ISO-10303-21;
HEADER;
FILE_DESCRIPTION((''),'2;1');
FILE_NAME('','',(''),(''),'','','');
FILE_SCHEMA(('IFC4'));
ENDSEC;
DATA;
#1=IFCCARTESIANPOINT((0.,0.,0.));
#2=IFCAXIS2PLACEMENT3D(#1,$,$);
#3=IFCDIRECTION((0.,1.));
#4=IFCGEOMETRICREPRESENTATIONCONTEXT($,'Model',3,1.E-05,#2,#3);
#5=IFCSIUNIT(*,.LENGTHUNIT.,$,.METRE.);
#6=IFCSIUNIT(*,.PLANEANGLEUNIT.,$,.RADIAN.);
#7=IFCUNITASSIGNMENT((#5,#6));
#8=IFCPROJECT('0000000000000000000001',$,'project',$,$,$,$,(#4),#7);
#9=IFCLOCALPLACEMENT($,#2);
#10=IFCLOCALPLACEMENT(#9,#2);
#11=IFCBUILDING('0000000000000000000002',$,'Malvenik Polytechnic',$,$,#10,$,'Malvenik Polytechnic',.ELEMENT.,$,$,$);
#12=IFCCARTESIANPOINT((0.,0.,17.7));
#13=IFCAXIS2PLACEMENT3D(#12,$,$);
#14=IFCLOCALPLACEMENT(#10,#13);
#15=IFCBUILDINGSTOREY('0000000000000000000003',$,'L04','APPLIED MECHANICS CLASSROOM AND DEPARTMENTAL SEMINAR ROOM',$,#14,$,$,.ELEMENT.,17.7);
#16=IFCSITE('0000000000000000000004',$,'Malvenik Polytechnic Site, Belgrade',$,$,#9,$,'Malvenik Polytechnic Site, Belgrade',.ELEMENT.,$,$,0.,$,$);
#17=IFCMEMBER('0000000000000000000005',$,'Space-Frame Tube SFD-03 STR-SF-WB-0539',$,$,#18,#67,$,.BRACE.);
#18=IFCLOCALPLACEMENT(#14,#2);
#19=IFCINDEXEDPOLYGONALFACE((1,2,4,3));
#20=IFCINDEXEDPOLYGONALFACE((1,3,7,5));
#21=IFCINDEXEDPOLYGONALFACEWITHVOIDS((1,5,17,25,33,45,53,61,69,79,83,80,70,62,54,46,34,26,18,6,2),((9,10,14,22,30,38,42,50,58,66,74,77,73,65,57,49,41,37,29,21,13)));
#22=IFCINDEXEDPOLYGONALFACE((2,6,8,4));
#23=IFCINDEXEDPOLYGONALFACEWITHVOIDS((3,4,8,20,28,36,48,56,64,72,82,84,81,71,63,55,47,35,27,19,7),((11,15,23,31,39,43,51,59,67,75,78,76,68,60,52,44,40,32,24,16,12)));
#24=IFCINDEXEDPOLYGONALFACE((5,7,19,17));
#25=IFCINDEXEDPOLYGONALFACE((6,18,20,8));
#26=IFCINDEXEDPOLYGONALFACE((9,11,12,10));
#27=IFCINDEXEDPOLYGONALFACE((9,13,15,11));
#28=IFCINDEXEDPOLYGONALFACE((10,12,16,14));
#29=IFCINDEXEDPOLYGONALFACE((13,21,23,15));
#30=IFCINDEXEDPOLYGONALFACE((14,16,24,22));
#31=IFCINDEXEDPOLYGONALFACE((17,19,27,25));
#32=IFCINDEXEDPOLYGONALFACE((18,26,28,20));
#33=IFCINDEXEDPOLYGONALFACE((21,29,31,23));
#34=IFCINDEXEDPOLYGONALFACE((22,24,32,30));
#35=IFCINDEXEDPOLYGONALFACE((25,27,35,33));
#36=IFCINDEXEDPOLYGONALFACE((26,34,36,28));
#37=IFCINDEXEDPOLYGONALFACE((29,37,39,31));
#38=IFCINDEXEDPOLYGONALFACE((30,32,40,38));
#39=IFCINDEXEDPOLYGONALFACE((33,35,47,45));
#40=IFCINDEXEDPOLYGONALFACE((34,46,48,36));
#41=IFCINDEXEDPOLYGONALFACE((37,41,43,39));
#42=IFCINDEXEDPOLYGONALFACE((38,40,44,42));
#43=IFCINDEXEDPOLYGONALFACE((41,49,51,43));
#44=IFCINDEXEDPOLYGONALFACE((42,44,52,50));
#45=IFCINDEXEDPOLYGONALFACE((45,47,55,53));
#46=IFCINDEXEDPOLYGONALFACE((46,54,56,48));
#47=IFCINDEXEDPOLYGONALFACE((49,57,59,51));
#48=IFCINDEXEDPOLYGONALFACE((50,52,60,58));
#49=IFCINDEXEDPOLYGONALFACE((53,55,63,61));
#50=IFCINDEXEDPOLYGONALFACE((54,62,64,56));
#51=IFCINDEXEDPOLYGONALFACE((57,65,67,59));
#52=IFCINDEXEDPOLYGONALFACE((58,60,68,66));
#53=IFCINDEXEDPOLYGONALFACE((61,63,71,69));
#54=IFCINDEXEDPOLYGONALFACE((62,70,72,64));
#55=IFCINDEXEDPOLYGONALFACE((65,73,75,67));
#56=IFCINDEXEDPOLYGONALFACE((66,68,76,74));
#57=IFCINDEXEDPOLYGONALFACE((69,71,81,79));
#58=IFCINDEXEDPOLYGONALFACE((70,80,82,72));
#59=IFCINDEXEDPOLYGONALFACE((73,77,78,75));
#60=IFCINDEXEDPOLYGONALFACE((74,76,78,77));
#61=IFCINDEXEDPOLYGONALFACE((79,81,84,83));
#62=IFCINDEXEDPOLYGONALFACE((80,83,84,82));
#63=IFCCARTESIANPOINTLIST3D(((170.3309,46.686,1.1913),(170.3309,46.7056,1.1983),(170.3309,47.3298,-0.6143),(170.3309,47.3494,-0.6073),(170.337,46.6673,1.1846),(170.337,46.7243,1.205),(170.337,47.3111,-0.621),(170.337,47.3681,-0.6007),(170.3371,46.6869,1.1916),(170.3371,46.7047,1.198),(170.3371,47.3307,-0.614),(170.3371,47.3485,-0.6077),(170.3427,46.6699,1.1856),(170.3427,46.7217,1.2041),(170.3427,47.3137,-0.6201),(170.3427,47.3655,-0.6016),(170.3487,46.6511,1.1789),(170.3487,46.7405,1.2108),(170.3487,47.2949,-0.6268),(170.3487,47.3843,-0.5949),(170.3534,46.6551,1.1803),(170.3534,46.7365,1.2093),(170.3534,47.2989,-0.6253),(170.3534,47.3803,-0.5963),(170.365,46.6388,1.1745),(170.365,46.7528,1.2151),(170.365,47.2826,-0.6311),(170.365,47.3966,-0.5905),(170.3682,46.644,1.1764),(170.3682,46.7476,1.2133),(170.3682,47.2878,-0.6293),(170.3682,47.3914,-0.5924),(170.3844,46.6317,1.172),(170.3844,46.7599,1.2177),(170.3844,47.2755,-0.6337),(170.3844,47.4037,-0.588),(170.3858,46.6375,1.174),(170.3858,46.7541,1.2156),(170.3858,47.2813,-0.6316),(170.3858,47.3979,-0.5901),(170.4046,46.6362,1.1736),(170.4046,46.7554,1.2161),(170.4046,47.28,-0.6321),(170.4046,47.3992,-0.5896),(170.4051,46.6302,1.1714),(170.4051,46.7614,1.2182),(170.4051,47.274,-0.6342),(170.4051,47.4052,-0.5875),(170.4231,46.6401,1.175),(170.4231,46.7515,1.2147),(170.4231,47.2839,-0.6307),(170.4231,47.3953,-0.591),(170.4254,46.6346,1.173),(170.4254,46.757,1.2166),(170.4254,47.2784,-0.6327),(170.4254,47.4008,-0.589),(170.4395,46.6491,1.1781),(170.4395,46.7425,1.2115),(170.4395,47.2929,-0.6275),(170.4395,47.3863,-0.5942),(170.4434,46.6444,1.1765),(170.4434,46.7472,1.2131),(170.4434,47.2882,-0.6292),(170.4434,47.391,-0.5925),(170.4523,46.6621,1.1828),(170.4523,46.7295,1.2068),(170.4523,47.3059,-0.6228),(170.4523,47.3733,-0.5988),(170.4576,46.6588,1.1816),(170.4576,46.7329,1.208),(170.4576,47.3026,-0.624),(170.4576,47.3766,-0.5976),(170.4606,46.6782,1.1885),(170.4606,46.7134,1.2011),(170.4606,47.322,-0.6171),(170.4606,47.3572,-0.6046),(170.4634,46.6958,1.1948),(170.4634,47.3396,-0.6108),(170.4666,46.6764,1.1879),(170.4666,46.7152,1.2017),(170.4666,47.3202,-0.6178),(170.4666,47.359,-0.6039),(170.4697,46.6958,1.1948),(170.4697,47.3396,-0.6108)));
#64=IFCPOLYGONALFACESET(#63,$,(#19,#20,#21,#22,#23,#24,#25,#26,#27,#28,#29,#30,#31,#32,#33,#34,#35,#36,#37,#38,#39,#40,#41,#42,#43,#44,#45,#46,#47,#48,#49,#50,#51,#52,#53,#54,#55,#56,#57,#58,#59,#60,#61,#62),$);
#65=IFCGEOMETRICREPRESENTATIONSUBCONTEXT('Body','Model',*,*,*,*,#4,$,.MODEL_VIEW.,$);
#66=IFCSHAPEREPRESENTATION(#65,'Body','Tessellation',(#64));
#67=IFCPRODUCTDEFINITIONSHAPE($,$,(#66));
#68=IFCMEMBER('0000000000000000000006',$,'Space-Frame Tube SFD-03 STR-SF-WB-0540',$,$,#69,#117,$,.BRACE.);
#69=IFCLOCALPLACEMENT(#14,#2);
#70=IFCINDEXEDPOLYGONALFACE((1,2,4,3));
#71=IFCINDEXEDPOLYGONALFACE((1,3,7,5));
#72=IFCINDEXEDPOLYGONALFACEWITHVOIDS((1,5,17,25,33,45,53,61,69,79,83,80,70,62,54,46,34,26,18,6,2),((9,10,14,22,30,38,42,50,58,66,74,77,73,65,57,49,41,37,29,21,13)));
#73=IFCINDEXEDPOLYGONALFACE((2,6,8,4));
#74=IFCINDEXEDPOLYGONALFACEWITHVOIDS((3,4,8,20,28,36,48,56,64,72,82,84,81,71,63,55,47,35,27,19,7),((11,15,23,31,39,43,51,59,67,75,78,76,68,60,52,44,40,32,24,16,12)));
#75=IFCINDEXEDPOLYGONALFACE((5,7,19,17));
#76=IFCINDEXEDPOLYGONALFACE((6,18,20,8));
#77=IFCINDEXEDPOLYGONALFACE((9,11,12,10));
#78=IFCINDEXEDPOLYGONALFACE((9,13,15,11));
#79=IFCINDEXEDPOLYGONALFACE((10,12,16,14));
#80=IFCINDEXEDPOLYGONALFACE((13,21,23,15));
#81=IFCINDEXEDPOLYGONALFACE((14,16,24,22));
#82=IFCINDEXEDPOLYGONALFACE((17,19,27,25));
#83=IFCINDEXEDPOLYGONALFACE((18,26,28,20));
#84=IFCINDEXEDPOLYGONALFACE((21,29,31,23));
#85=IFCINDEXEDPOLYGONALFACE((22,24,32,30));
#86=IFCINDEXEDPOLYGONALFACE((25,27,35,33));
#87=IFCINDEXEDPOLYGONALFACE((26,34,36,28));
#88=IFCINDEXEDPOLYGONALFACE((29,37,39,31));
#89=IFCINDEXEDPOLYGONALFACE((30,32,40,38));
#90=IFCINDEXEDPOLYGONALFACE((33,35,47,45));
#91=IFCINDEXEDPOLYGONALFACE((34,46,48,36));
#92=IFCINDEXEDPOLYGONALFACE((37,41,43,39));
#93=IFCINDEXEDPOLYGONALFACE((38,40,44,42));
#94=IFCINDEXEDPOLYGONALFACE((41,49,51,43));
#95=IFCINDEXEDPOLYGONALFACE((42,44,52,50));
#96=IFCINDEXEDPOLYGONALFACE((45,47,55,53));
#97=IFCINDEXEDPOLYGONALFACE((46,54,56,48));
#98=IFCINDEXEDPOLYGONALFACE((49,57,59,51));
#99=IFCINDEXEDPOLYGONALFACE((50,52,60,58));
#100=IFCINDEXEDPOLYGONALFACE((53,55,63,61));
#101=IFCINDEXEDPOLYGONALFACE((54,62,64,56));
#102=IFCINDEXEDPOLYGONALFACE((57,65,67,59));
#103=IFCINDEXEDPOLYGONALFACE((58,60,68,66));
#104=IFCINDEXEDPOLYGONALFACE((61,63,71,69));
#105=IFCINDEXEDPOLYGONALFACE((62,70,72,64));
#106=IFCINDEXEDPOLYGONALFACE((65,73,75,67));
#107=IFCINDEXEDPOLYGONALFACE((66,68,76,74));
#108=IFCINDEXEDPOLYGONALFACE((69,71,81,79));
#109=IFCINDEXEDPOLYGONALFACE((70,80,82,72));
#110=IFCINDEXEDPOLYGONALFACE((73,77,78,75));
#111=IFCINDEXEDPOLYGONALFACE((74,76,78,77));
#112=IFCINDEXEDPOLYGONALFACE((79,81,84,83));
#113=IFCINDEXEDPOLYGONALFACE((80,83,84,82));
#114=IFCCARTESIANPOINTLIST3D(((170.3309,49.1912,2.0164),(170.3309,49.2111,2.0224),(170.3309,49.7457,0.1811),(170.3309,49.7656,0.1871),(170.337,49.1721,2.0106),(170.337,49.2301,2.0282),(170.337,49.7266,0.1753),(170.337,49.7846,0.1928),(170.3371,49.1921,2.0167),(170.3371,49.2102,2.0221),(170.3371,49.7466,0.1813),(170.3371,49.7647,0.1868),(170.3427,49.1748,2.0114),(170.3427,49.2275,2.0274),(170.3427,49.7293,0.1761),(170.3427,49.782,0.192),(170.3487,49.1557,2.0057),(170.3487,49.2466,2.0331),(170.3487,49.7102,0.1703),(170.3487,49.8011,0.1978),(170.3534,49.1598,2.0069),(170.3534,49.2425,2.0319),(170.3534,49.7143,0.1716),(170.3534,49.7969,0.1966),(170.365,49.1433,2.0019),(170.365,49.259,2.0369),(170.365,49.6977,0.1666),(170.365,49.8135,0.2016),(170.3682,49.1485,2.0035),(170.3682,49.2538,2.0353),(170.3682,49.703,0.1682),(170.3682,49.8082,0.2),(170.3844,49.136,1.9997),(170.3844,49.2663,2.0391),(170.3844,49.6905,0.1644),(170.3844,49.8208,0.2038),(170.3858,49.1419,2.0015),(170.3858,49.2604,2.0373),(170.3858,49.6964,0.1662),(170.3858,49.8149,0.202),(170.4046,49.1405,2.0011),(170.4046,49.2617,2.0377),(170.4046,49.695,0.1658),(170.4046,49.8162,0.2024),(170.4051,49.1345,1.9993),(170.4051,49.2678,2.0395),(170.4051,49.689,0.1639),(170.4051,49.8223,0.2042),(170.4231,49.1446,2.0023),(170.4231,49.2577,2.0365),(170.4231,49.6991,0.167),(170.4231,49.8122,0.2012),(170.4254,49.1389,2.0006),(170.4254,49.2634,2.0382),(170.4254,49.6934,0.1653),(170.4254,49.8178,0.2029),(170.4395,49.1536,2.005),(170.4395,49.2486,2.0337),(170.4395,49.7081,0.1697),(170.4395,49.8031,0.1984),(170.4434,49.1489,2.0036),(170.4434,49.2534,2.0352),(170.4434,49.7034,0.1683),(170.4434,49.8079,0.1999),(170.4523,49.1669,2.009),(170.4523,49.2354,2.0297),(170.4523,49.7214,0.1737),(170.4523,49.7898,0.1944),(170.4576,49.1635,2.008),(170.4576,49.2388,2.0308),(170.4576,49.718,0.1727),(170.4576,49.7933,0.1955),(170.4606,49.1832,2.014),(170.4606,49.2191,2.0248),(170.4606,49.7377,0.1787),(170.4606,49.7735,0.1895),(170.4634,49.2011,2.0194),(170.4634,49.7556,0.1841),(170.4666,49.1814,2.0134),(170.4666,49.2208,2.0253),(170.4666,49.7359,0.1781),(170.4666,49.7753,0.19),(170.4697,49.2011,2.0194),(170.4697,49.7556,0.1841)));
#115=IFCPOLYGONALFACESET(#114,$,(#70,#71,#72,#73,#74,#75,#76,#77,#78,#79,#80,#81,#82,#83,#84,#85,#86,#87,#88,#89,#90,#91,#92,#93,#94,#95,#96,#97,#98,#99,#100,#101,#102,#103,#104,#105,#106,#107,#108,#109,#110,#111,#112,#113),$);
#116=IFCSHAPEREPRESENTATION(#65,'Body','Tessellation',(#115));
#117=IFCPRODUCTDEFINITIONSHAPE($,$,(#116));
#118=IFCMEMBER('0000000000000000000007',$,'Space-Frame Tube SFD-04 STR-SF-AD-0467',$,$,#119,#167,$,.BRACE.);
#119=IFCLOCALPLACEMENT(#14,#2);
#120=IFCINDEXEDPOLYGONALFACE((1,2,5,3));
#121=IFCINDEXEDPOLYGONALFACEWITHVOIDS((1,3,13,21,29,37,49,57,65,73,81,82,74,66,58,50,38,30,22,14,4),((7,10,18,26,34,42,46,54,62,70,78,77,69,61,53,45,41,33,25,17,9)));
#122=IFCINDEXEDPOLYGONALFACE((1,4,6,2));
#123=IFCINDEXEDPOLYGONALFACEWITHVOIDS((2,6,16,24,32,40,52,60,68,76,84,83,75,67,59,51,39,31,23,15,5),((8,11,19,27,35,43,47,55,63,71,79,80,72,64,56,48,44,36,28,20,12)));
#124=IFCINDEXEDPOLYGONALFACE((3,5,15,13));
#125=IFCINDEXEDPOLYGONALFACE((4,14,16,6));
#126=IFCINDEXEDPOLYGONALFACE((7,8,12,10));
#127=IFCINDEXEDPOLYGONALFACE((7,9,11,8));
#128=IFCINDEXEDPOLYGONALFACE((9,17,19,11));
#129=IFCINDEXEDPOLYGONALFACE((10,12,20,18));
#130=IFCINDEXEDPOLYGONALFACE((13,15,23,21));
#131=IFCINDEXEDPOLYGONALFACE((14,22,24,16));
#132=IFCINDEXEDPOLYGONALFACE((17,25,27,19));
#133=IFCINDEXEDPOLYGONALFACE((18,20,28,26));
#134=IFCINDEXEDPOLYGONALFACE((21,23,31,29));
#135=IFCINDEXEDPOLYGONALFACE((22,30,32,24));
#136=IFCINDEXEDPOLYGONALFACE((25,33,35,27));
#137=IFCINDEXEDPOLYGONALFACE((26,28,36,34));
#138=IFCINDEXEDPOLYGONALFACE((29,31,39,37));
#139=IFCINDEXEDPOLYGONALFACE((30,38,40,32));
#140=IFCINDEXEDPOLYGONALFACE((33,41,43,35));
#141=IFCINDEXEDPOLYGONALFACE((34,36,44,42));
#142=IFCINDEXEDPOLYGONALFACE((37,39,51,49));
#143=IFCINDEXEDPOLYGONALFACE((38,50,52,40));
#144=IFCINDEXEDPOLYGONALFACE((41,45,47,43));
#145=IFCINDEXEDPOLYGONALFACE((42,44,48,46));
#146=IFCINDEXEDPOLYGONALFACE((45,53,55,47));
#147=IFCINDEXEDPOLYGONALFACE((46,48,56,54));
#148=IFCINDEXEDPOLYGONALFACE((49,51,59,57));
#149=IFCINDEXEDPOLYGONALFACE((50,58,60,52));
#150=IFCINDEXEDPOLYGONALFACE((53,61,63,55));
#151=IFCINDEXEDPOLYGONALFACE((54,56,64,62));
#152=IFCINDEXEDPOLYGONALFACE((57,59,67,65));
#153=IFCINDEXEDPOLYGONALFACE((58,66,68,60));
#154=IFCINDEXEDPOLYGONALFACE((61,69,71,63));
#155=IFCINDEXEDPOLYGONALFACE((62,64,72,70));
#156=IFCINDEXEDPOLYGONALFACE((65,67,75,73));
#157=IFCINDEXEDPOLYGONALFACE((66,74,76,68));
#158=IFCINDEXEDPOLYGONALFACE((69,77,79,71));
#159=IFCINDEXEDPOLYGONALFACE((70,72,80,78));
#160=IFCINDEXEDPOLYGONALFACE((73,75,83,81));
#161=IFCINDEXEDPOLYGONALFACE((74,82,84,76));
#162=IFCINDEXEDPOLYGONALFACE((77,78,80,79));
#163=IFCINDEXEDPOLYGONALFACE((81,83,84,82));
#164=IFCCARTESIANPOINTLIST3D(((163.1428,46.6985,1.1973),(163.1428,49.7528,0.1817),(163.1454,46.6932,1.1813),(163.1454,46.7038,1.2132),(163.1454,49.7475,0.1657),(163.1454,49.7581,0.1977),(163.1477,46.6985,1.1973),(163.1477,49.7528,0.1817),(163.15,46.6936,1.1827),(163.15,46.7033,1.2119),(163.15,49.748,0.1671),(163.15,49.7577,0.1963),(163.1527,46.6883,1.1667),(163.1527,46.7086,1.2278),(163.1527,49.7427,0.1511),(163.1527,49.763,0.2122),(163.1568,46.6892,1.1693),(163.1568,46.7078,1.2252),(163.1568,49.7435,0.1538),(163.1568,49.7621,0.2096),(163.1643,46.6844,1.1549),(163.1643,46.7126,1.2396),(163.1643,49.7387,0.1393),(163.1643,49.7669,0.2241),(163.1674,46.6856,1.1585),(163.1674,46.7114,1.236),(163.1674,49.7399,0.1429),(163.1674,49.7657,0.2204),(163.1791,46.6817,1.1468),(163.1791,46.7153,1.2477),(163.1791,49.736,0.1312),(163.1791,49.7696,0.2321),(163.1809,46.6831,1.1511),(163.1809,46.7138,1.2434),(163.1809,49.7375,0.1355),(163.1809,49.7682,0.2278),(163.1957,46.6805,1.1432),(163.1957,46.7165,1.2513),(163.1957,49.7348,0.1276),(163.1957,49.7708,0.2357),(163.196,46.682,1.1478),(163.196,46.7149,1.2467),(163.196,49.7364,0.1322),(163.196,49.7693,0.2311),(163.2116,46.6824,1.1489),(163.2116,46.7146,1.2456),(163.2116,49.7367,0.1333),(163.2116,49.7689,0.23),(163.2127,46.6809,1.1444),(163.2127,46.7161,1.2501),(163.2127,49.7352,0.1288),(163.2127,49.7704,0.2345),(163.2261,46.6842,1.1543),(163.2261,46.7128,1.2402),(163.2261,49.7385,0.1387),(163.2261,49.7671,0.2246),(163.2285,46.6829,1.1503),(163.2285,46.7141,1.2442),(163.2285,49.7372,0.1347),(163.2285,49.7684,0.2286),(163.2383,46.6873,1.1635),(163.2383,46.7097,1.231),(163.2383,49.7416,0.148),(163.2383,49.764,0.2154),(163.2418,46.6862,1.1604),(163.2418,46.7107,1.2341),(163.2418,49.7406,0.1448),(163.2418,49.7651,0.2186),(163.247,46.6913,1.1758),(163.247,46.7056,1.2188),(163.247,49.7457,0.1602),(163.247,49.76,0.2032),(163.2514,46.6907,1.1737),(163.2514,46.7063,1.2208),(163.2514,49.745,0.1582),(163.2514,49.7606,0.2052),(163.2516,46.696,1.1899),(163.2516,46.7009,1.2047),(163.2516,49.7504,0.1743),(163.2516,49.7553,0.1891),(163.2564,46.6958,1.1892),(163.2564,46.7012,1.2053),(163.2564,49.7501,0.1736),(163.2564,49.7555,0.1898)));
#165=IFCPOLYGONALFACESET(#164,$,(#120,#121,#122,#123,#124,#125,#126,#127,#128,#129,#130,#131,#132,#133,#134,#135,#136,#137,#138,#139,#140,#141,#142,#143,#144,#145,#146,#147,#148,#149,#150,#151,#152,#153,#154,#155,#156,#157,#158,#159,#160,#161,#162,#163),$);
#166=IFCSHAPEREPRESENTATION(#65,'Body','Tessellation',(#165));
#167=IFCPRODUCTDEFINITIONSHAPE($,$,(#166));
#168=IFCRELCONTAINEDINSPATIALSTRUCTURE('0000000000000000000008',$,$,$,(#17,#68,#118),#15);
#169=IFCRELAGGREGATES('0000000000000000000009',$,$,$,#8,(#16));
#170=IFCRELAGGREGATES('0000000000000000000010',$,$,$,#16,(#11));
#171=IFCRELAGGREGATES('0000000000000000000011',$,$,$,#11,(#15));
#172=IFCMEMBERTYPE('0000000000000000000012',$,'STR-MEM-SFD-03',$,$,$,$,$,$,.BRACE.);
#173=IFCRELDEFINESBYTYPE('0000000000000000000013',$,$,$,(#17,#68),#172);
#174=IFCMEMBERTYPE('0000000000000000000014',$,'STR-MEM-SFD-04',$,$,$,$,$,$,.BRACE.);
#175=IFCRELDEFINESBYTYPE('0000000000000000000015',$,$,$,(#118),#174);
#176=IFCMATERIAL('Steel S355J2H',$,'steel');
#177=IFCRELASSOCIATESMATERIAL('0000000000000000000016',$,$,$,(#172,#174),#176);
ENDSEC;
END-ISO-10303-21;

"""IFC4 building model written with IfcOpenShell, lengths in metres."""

from ifc_helpers import new_model, si_unit, direction, frame, origin, origin_2d, place, context, subcontext, project, spatial, hollow_circle, extrude, material, material_profile, profile_set, type_object, element, save


model = new_model("IFC4")

# Units and contexts
model_context = context("Model", 3, precision=1e-05, world=origin(), true_north=direction((0.0, 1.0)))
body_context = subcontext(model_context, "Body", "Model", "MODEL_VIEW")
ifc_project = project(units=[si_unit("LENGTHUNIT", "METRE"), si_unit("PLANEANGLEUNIT", "RADIAN")], contexts=[model_context])

# Site, building, storey
site_placement = place(None, origin())
site = spatial("IfcSite", under=ifc_project, at=site_placement, Name="Malvenik Polytechnic Site, Belgrade", LongName="Malvenik Polytechnic Site, Belgrade", CompositionType="ELEMENT", RefElevation=0.0)
building_placement = place(site_placement, origin())
building = spatial("IfcBuilding", under=site, at=building_placement, Name="Malvenik Polytechnic", LongName="Malvenik Polytechnic", CompositionType="ELEMENT")
storey_placement = place(building_placement, frame((0.0, 0.0, 17.7)))
storey = spatial("IfcBuildingStorey", under=building, at=storey_placement, Name="L04", Description="APPLIED MECHANICS CLASSROOM AND DEPARTMENTAL SEMINAR ROOM", CompositionType="ELEMENT", Elevation=17.7)

# Members
ifc_material = material(Name="Steel S355J2H", Category="steel")
ifc_material_profile_1 = material_profile(ifc_material, hollow_circle(Radius=0.0698, WallThickness=0.0063, at=origin_2d()), Name="CHS 139.7x6.3")
ifc_profile_set_1 = profile_set([ifc_material_profile_1], Name="Steel S355J2H")
member_type_1 = type_object("IfcMemberType", Name="STR-MEM-SFD-03", PredefinedType="BRACE", material=ifc_profile_set_1)
member_1_placement = place(storey_placement, frame((170.3999, 47.3396, -0.6108), z_axis=(0.0, -0.335836, 0.94192), x_axis=(1.0, 0.0, 0.0)))
element("IfcMember", 1, at=member_1_placement, inside=storey, type_object=member_type_1, Name="Space-Frame Tube SFD-03 STR-SF-WB-0539", PredefinedType="BRACE", context=body_context, shape_type="SweptSolid", body=[
    extrude(hollow_circle(Radius=0.0698, WallThickness=0.0063, at=origin_2d()), origin(), (0.0, 0.0, 1.0), 1.917),
])
member_2_placement = place(storey_placement, frame((170.3999, 49.7556, 0.1841), z_axis=(0.0, -0.289205, 0.957267), x_axis=(1.0, 0.0, 0.0)))
element("IfcMember", 2, at=member_2_placement, inside=storey, type_object=member_type_1, Name="Space-Frame Tube SFD-03 STR-SF-WB-0540", PredefinedType="BRACE", context=body_context, shape_type="SweptSolid", body=[
    extrude(hollow_circle(Radius=0.0698, WallThickness=0.0063, at=origin_2d()), origin(), (0.0, 0.0, 1.0), 1.9172),
])
ifc_material_profile_2 = material_profile(ifc_material, hollow_circle(Radius=0.0571, WallThickness=0.0049, at=origin_2d()), Name="CHS 114.3x5.0")
ifc_profile_set_2 = profile_set([ifc_material_profile_2], Name="Steel S355J2H")
member_type_2 = type_object("IfcMemberType", Name="STR-MEM-SFD-04", PredefinedType="BRACE", material=ifc_profile_set_2)
for number, where, z_axis, x_axis, name in (
    (3, (163.2, 46.6985, 1.1973), (0.0, 0.948918, -0.315522), (-1.0, 0.0, 0.0), "Space-Frame Tube SFD-04 STR-SF-AD-0467"),
):
    element("IfcMember", number, at=place(storey_placement, frame(where, z_axis=z_axis, x_axis=x_axis)), inside=storey, type_object=member_type_2, Name=name, PredefinedType="BRACE", context=body_context, shape_type="SweptSolid", body=[
        extrude(hollow_circle(Radius=0.0571, WallThickness=0.0049, at=origin_2d()), origin(), (0.0, 0.0, 1.0), 3.2188),
    ])

save(model, "model.ifc")
